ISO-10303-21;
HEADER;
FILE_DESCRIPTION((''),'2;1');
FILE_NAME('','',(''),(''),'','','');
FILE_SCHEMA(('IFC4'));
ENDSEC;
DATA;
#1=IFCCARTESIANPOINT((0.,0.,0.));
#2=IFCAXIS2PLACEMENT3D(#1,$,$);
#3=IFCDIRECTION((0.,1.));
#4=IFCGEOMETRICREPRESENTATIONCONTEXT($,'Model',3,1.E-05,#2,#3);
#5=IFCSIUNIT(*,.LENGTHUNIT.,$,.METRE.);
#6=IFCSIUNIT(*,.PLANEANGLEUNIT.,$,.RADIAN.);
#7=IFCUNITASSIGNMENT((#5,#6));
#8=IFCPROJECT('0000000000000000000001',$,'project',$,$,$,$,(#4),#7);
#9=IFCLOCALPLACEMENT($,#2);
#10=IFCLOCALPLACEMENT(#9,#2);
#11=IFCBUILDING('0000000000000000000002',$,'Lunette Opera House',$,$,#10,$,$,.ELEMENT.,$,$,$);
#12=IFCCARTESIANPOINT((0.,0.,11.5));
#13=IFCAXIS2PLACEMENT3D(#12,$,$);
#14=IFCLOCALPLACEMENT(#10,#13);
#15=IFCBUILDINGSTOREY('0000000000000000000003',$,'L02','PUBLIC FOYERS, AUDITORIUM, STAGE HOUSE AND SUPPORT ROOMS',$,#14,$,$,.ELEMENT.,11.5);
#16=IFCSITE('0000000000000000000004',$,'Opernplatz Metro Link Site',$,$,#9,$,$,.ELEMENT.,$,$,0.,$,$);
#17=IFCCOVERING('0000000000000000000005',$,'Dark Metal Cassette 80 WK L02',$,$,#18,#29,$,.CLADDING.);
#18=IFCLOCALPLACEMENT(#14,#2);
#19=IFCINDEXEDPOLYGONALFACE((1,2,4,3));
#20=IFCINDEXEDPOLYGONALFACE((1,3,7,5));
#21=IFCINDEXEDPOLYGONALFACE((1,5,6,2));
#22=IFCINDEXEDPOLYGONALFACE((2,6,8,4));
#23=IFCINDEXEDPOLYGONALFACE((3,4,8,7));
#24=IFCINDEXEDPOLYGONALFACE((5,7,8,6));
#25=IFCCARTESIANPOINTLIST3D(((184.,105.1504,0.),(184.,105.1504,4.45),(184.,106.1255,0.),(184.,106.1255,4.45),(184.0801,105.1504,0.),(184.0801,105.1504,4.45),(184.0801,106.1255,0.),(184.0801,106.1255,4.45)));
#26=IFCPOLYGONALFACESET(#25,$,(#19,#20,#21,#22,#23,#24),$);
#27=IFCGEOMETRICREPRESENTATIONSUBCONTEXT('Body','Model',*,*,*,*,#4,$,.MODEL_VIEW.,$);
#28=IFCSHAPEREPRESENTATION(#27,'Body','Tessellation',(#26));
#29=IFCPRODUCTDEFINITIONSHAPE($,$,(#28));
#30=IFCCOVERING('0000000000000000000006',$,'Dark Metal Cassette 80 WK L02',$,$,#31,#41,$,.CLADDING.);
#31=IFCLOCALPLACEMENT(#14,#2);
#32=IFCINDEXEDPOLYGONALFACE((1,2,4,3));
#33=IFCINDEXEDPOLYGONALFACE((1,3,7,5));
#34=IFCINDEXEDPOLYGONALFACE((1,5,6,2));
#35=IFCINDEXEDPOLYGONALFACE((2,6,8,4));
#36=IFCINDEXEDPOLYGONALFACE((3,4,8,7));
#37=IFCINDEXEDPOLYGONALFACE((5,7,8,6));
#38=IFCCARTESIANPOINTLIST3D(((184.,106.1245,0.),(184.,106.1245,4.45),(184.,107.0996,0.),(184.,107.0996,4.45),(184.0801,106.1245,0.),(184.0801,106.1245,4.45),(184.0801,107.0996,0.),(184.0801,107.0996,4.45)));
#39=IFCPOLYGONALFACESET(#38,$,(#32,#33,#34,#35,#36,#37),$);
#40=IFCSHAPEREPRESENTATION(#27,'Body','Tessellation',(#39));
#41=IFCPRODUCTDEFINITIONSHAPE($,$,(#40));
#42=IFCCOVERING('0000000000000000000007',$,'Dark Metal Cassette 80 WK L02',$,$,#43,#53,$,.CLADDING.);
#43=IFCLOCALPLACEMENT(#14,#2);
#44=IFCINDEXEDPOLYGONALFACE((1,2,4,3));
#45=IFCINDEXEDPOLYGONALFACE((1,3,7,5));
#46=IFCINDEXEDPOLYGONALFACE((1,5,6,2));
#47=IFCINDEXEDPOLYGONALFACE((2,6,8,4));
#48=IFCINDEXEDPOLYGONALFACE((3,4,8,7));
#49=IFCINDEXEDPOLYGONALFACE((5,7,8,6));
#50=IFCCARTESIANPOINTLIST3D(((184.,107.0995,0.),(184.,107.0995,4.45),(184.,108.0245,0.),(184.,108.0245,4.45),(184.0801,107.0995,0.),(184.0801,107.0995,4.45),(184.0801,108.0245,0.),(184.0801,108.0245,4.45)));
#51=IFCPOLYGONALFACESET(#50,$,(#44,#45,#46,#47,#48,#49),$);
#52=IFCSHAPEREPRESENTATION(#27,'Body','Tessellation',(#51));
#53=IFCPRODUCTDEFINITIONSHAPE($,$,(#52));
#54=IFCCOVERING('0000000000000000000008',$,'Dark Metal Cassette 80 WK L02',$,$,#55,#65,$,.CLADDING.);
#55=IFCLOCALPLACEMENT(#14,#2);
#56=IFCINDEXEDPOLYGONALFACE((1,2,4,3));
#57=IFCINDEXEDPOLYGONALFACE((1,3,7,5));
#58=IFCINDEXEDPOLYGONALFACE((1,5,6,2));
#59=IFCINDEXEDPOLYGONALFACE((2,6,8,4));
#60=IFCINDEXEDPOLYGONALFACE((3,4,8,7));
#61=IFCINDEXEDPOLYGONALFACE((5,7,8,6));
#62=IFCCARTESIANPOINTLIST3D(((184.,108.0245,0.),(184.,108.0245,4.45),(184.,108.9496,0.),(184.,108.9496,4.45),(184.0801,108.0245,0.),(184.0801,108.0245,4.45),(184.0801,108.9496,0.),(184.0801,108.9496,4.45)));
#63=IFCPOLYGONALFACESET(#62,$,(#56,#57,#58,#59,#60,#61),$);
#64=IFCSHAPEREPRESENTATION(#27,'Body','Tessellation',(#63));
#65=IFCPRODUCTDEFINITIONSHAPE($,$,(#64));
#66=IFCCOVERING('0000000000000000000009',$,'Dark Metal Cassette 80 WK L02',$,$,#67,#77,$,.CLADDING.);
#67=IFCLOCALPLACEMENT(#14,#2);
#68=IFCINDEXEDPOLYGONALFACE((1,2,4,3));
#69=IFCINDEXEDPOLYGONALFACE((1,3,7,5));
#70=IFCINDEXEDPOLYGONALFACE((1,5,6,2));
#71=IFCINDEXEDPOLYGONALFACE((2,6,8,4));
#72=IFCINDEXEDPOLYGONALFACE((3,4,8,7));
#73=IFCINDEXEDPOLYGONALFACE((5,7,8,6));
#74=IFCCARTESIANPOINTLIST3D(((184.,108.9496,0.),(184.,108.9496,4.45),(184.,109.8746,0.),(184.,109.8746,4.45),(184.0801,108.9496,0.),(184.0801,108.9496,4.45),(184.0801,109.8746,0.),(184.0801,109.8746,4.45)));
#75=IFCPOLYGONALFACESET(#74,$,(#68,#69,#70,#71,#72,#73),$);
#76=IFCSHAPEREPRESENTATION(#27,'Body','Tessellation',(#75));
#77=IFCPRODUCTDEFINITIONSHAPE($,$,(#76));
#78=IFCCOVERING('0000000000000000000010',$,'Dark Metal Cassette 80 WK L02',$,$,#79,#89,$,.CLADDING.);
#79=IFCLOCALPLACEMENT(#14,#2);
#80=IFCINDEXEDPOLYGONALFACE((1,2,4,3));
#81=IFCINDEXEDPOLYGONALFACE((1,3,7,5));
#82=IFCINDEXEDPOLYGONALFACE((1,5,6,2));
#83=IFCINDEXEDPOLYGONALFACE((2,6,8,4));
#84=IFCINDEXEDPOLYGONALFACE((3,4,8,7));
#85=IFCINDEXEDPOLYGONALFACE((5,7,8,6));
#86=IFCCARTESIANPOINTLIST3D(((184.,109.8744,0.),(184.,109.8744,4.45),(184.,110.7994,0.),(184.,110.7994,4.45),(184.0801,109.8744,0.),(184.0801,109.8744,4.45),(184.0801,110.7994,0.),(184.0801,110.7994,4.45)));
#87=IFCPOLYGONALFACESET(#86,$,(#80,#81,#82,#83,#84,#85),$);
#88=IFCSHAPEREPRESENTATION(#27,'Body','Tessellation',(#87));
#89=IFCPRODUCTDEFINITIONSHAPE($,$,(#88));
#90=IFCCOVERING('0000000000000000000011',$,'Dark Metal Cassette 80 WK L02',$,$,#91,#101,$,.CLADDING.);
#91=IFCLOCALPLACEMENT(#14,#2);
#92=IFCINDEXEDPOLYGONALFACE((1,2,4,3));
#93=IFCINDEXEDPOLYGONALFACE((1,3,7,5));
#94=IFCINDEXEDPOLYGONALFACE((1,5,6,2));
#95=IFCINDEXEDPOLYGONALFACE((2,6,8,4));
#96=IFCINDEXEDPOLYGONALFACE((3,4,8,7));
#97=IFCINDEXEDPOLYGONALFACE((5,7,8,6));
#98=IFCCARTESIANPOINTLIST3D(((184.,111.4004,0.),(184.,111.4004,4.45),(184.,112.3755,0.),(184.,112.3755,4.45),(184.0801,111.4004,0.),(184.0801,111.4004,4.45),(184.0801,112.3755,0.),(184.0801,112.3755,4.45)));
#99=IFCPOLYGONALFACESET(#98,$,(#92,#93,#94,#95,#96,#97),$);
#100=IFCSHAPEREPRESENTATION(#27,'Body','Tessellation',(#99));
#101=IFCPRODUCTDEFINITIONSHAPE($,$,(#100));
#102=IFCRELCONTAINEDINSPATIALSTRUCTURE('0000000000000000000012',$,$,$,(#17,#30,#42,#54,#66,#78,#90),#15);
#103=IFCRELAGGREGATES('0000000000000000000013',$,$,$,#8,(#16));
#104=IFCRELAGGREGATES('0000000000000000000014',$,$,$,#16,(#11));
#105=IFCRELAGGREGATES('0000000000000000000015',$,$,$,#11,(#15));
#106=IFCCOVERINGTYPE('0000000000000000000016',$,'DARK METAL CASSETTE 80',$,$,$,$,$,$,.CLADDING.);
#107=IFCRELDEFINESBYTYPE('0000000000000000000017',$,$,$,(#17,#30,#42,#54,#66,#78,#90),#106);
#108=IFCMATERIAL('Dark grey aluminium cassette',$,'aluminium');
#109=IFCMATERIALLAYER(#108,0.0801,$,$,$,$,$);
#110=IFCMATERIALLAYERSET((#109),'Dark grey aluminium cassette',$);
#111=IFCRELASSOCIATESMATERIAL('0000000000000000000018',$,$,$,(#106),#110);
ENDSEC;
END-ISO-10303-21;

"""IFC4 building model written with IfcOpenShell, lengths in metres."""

from ifc_helpers import new_model, si_unit, direction, frame, origin, origin_2d, place, context, subcontext, project, spatial, rectangle, extrude, material, layer, layer_set, type_object, element, save


model = new_model("IFC4")

# Units and contexts
model_context = context("Model", 3, precision=1e-05, world=origin(), true_north=direction((0.0, 1.0)))
body_context = subcontext(model_context, "Body", "Model", "MODEL_VIEW")
ifc_project = project(units=[si_unit("LENGTHUNIT", "METRE"), si_unit("PLANEANGLEUNIT", "RADIAN")], contexts=[model_context])

# Site, building, storey
site_placement = place(None, origin())
site = spatial("IfcSite", under=ifc_project, at=site_placement, Name="Opernplatz Metro Link Site", CompositionType="ELEMENT", RefElevation=0.0)
building_placement = place(site_placement, origin())
building = spatial("IfcBuilding", under=site, at=building_placement, Name="Lunette Opera House", CompositionType="ELEMENT")
storey_placement = place(building_placement, frame((0.0, 0.0, 11.5)))
storey = spatial("IfcBuildingStorey", under=building, at=storey_placement, Name="L02", Description="PUBLIC FOYERS, AUDITORIUM, STAGE HOUSE AND SUPPORT ROOMS", CompositionType="ELEMENT", Elevation=11.5)

# Coverings
ifc_material_1 = material(Name="Dark grey aluminium cassette", Category="aluminium")
ifc_layer_1 = layer(ifc_material_1, 0.0801)
ifc_layer_set_1 = layer_set([ifc_layer_1], Name="Dark grey aluminium cassette")
covering_type = type_object("IfcCoveringType", Name="DARK METAL CASSETTE 80", PredefinedType="CLADDING", material=ifc_layer_set_1)
for number, where, z_axis, x_axis, name in (
    (1, (184.04, 105.6379, 0.0), (0.0, 0.0, 1.0), (0.0, 1.0, 0.0), "Dark Metal Cassette 80 WK L02"),
    (2, (184.04, 106.6121, 0.0), (0.0, 0.0, 1.0), (0.0, 1.0, 0.0), "Dark Metal Cassette 80 WK L02"),
):
    element("IfcCovering", number, at=place(storey_placement, frame(where, z_axis=z_axis, x_axis=x_axis)), inside=storey, type_object=covering_type, Name=name, PredefinedType="CLADDING", context=body_context, shape_type="SweptSolid", body=[
        extrude(rectangle(XDim=0.9751, YDim=0.0801, at=origin_2d()), origin(), (0.0, 0.0, 1.0), 4.45),
    ])
for number, where, z_axis, x_axis, name in (
    (3, (184.04, 107.562, 0.0), (0.0, 0.0, 1.0), (0.0, 1.0, 0.0), "Dark Metal Cassette 80 WK L02"),
    (4, (184.04, 108.4871, 0.0), (0.0, 0.0, 1.0), (0.0, 1.0, 0.0), "Dark Metal Cassette 80 WK L02"),
    (5, (184.04, 109.4121, 0.0), (0.0, 0.0, 1.0), (0.0, 1.0, 0.0), "Dark Metal Cassette 80 WK L02"),
    (6, (184.04, 110.3369, 0.0), (0.0, 0.0, 1.0), (0.0, 1.0, 0.0), "Dark Metal Cassette 80 WK L02"),
):
    element("IfcCovering", number, at=place(storey_placement, frame(where, z_axis=z_axis, x_axis=x_axis)), inside=storey, type_object=covering_type, Name=name, PredefinedType="CLADDING", context=body_context, shape_type="SweptSolid", body=[
        extrude(rectangle(XDim=0.925, YDim=0.0801, at=origin_2d()), origin(), (0.0, 0.0, 1.0), 4.45),
    ])
covering_placement = place(storey_placement, frame((184.04, 111.8879, 0.0), z_axis=(0.0, 0.0, 1.0), x_axis=(0.0, 1.0, 0.0)))
element("IfcCovering", 7, at=covering_placement, inside=storey, type_object=covering_type, Name="Dark Metal Cassette 80 WK L02", PredefinedType="CLADDING", context=body_context, shape_type="SweptSolid", body=[
    extrude(rectangle(XDim=0.9751, YDim=0.0801, at=origin_2d()), origin(), (0.0, 0.0, 1.0), 4.45),
])

save(model, "model.ifc")
